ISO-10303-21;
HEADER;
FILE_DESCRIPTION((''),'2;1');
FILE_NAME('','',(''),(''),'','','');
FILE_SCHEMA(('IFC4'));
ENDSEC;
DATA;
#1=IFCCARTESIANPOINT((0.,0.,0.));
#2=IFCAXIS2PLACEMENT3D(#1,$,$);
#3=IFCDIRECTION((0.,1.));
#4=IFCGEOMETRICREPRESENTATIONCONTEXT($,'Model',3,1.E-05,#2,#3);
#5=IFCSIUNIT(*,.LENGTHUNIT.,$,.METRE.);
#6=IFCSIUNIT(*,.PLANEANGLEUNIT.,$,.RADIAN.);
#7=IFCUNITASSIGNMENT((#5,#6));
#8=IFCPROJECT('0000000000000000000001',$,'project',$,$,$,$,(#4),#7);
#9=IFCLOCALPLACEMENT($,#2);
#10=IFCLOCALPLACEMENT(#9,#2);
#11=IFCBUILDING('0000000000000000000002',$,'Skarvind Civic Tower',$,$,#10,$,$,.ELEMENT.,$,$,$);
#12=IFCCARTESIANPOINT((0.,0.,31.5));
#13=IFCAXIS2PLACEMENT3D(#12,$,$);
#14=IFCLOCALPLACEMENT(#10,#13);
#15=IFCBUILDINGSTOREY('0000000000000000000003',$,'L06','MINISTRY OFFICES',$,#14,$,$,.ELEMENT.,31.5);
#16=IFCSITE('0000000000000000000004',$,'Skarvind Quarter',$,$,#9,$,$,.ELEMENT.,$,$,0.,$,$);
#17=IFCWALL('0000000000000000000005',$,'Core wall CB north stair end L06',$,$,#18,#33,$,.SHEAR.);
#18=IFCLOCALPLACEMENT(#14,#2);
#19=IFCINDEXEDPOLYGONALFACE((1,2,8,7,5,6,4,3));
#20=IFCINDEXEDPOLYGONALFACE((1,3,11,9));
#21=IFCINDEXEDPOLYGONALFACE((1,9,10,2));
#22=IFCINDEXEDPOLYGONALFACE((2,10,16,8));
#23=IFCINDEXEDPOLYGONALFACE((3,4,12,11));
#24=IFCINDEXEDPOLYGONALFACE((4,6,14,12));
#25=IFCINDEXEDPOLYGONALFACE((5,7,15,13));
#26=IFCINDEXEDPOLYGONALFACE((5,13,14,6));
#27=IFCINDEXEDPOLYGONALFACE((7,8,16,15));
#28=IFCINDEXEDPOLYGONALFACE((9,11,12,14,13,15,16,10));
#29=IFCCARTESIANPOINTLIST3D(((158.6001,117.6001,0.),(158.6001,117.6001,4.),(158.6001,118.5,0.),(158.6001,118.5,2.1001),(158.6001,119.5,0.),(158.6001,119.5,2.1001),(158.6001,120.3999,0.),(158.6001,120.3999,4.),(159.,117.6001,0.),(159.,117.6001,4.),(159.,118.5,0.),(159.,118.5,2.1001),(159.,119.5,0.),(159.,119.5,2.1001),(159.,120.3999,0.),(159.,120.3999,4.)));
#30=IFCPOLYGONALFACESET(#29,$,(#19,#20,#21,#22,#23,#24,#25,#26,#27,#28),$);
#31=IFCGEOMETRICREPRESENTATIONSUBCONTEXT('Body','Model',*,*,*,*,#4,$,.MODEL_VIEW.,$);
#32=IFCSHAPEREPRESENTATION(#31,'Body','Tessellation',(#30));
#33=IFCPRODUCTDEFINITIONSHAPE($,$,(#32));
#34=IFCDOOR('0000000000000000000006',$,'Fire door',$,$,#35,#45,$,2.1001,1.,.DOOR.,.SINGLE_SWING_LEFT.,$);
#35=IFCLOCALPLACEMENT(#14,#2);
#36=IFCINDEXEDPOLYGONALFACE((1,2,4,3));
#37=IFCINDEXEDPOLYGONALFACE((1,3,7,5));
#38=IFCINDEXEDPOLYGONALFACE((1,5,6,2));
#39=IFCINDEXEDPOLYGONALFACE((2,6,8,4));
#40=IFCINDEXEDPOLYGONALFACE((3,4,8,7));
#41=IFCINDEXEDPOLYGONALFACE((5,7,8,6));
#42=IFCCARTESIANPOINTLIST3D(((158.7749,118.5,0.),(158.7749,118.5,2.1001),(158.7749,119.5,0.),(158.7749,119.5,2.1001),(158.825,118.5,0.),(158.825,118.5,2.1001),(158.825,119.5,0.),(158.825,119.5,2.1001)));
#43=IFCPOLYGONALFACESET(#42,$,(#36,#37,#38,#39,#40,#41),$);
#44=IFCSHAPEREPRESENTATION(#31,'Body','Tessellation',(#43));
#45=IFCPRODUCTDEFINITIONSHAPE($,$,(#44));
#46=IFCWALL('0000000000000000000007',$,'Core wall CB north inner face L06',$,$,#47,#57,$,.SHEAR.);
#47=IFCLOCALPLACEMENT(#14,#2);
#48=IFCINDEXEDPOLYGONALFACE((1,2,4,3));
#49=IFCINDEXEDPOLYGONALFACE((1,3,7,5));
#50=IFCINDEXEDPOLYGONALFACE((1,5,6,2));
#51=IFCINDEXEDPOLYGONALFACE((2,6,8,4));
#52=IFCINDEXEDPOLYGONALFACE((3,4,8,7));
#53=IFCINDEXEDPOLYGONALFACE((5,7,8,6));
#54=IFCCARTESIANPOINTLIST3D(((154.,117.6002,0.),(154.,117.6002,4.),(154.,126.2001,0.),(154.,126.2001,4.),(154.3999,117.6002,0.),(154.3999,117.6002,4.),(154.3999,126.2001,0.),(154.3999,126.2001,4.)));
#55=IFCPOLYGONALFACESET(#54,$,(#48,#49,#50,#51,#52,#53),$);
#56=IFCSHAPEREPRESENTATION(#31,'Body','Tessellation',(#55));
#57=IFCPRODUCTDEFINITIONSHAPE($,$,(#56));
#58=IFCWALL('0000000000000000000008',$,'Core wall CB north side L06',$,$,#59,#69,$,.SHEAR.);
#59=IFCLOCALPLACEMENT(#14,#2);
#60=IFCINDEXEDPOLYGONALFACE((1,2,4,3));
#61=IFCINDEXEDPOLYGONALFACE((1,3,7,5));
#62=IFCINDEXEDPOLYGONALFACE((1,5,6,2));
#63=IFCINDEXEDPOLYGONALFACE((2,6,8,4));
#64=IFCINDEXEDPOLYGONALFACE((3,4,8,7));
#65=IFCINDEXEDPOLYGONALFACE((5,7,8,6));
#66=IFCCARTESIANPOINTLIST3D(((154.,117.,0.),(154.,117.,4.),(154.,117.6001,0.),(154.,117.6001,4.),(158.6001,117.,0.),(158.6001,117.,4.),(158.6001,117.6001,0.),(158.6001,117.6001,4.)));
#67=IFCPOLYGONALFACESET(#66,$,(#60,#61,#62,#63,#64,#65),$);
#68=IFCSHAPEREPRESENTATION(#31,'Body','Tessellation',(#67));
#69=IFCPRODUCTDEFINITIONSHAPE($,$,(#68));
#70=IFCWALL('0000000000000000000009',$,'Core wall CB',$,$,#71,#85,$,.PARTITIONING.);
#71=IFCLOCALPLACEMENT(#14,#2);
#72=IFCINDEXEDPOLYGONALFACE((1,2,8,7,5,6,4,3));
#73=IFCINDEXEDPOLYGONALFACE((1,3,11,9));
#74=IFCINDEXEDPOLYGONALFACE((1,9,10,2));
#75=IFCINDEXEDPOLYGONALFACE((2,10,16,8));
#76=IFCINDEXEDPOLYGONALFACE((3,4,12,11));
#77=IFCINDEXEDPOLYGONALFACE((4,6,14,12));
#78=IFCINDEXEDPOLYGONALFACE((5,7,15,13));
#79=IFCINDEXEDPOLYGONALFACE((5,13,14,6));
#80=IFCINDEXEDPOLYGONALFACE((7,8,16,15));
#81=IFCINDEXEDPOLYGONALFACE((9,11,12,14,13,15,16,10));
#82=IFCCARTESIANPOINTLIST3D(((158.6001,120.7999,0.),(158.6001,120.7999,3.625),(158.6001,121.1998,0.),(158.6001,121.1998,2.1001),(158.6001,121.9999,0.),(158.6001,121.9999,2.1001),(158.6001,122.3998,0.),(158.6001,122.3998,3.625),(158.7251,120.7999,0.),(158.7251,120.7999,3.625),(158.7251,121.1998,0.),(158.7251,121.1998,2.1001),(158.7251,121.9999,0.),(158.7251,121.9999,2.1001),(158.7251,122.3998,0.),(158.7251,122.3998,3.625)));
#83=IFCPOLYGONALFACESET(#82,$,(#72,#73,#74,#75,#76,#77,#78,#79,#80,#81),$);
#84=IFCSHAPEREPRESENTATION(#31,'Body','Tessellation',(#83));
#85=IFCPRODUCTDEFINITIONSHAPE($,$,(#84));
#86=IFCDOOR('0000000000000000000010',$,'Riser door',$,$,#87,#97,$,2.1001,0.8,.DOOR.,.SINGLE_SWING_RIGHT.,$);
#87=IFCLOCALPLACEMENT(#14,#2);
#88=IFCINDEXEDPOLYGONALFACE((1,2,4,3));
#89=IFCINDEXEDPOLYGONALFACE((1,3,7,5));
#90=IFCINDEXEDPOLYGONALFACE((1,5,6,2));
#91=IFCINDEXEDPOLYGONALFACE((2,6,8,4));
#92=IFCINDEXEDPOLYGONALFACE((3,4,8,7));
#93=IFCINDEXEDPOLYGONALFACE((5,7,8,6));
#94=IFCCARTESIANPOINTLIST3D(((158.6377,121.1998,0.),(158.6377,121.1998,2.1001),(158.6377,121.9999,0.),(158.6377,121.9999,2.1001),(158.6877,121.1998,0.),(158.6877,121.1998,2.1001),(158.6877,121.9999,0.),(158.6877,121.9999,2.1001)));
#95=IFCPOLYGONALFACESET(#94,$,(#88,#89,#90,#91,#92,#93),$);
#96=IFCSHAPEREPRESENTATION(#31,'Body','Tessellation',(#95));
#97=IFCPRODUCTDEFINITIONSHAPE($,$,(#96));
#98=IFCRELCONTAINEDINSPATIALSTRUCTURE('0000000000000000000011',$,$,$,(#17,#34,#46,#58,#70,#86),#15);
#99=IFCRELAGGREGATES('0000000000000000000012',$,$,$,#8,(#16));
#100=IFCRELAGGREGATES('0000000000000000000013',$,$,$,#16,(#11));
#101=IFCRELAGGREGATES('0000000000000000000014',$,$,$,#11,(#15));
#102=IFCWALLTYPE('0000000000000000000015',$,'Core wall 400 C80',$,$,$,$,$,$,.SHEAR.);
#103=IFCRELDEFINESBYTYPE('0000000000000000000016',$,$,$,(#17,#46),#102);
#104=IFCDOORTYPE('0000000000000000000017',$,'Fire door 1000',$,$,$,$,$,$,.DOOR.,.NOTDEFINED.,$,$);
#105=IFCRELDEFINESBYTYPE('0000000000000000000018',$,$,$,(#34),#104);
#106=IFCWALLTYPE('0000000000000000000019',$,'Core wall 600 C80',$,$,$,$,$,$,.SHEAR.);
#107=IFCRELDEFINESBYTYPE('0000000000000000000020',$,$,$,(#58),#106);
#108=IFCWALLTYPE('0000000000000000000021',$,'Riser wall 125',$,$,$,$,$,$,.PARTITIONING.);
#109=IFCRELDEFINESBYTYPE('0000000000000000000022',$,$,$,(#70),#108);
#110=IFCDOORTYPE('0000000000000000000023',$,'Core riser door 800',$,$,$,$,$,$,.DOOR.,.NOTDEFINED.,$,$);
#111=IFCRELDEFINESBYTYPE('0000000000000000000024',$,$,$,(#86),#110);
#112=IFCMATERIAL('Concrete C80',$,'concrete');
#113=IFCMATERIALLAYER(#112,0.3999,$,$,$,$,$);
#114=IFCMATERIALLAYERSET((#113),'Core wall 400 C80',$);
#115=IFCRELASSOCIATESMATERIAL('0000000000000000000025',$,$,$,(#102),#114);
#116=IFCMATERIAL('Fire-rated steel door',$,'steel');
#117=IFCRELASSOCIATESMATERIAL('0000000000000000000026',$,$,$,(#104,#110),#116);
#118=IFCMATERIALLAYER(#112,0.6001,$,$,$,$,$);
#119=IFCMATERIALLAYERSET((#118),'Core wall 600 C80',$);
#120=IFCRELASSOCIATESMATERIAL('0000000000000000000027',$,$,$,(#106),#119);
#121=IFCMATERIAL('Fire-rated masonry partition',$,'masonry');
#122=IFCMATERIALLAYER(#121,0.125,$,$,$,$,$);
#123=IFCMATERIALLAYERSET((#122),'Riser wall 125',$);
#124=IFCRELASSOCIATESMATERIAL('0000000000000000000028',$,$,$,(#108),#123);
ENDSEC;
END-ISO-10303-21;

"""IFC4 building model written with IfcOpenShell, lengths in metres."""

from ifc_helpers import new_model, si_unit, direction, frame, frame_2d, origin, place, context, subcontext, project, spatial, rectangle, extrude, material, layer, layer_set, type_object, element, fill, save


model = new_model("IFC4")

# Units and contexts
model_context = context("Model", 3, precision=1e-05, world=origin(), true_north=direction((0.0, 1.0)))
body_context = subcontext(model_context, "Body", "Model", "MODEL_VIEW")
ifc_project = project(units=[si_unit("LENGTHUNIT", "METRE"), si_unit("PLANEANGLEUNIT", "RADIAN")], contexts=[model_context])

# Site, building, storey
site_placement = place(None, origin())
site = spatial("IfcSite", under=ifc_project, at=site_placement, Name="Skarvind Quarter", CompositionType="ELEMENT", RefElevation=0.0)
building_placement = place(site_placement, origin())
building = spatial("IfcBuilding", under=site, at=building_placement, Name="Skarvind Civic Tower", CompositionType="ELEMENT")
storey_placement = place(building_placement, frame((0.0, 0.0, 31.5)))
storey = spatial("IfcBuildingStorey", under=building, at=storey_placement, Name="L06", Description="MINISTRY OFFICES", CompositionType="ELEMENT", Elevation=31.5)

# Wall, opening, door
ifc_material_1 = material(Name="Concrete C80", Category="concrete")
ifc_layer_1 = layer(ifc_material_1, 0.3999)
ifc_layer_set_1 = layer_set([ifc_layer_1], Name="Core wall 400 C80")
wall_type_1 = type_object("IfcWallType", Name="Core wall 400 C80", PredefinedType="SHEAR", material=ifc_layer_set_1)
wall_1_placement = place(storey_placement, frame((158.8, 120.3999, 0.0), z_axis=(0.0, 0.0, 1.0), x_axis=(0.0, -1.0, 0.0)))
wall_1 = element("IfcWall", 1, at=wall_1_placement, inside=storey, type_object=wall_type_1, Name="Core wall CB north stair end L06", PredefinedType="SHEAR", context=body_context, shape_type="SweptSolid", body=[
    extrude(rectangle(XDim=2.7998, YDim=0.3999, at=frame_2d((1.3999, 0.0))), origin(), (0.0, 0.0, 1.0), 4.0),
])
opening_1_placement = place(wall_1_placement, frame((0.8999, 0.0, 0.0)))
opening_1 = element("IfcOpeningElement", 2, at=opening_1_placement, cuts=wall_1, PredefinedType="OPENING", context=body_context, shape_type="SweptSolid", body=[
    extrude(rectangle(XDim=1.0, YDim=2.1001, at=frame_2d((0.5, 1.05))), frame((0.0, 0.21, 0.0), z_axis=(0.0, -1.0, 0.0), x_axis=(1.0, 0.0, 0.0)), (0.0, 0.0, 1.0), 0.4199),
])
ifc_material_2 = material(Name="Fire-rated steel door", Category="steel")
door_type_1 = type_object("IfcDoorType", Name="Fire door 1000", OperationType="NOTDEFINED", PredefinedType="DOOR", material=ifc_material_2)
door_1_placement = place(opening_1_placement, origin())
door_1 = element("IfcDoor", 3, at=door_1_placement, inside=storey, type_object=door_type_1, Name="Fire door", OperationType="SINGLE_SWING_LEFT", OverallHeight=2.1001, OverallWidth=1.0, PredefinedType="DOOR", context=body_context, shape_type="SweptSolid", body=[
    extrude(rectangle(XDim=1.0, YDim=2.1001, at=frame_2d((0.5, 1.05))), frame((0.0, 0.0249, 0.0), z_axis=(0.0, -1.0, 0.0), x_axis=(1.0, 0.0, 0.0)), (0.0, 0.0, 1.0), 0.05),
])
fill(opening_1, door_1)

# Walls
wall_2_placement = place(storey_placement, frame((154.2, 126.2, 0.0), z_axis=(0.0, 0.0, 1.0), x_axis=(0.0, -1.0, 0.0)))
element("IfcWall", 4, at=wall_2_placement, inside=storey, type_object=wall_type_1, Name="Core wall CB north inner face L06", PredefinedType="SHEAR", context=body_context, shape_type="SweptSolid", body=[
    extrude(rectangle(XDim=8.5999, YDim=0.3999, at=frame_2d((4.2998, 0.0))), origin(), (0.0, 0.0, 1.0), 4.0),
])
ifc_layer_2 = layer(ifc_material_1, 0.6001)
ifc_layer_set_2 = layer_set([ifc_layer_2], Name="Core wall 600 C80")
wall_type_2 = type_object("IfcWallType", Name="Core wall 600 C80", PredefinedType="SHEAR", material=ifc_layer_set_2)
wall_3_placement = place(storey_placement, frame((158.6001, 117.3, 0.0), z_axis=(0.0, 0.0, 1.0), x_axis=(-1.0, 0.0, 0.0)))
element("IfcWall", 5, at=wall_3_placement, inside=storey, type_object=wall_type_2, Name="Core wall CB north side L06", PredefinedType="SHEAR", context=body_context, shape_type="SweptSolid", body=[
    extrude(rectangle(XDim=4.6001, YDim=0.6001, at=frame_2d((2.3, 0.0))), origin(), (0.0, 0.0, 1.0), 4.0),
])

# Wall, opening, door
ifc_material_3 = material(Name="Fire-rated masonry partition", Category="masonry")
ifc_layer_3 = layer(ifc_material_3, 0.125)
ifc_layer_set_3 = layer_set([ifc_layer_3], Name="Riser wall 125")
wall_type_3 = type_object("IfcWallType", Name="Riser wall 125", PredefinedType="PARTITIONING", material=ifc_layer_set_3)
wall_4_placement = place(storey_placement, frame((158.6626, 120.8, 0.0), z_axis=(0.0, 0.0, 1.0), x_axis=(0.0, 1.0, 0.0)))
wall_4 = element("IfcWall", 6, at=wall_4_placement, inside=storey, type_object=wall_type_3, Name="Core wall CB", PredefinedType="PARTITIONING", context=body_context, shape_type="SweptSolid", body=[
    extrude(rectangle(XDim=1.5999, YDim=0.125, at=frame_2d((0.7998, 0.0))), origin(), (0.0, 0.0, 1.0), 3.625),
])
opening_2_placement = place(wall_4_placement, frame((0.3999, 0.0, 0.0)))
opening_2 = element("IfcOpeningElement", 7, at=opening_2_placement, cuts=wall_4, PredefinedType="OPENING", context=body_context, shape_type="SweptSolid", body=[
    extrude(rectangle(XDim=0.8, YDim=2.1001, at=frame_2d((0.3999, 1.05))), frame((0.0, 0.0725, 0.0), z_axis=(0.0, -1.0, 0.0), x_axis=(1.0, 0.0, 0.0)), (0.0, 0.0, 1.0), 0.145),
])
door_type_2 = type_object("IfcDoorType", Name="Core riser door 800", OperationType="NOTDEFINED", PredefinedType="DOOR", material=ifc_material_2)
door_2_placement = place(opening_2_placement, origin())
door_2 = element("IfcDoor", 8, at=door_2_placement, inside=storey, type_object=door_type_2, Name="Riser door", OperationType="SINGLE_SWING_RIGHT", OverallHeight=2.1001, OverallWidth=0.8, PredefinedType="DOOR", context=body_context, shape_type="SweptSolid", body=[
    extrude(rectangle(XDim=0.8, YDim=2.1001, at=frame_2d((0.3999, 1.05))), frame((0.0, 0.0249, 0.0), z_axis=(0.0, -1.0, 0.0), x_axis=(1.0, 0.0, 0.0)), (0.0, 0.0, 1.0), 0.05),
])
fill(opening_2, door_2)

save(model, "model.ifc")
